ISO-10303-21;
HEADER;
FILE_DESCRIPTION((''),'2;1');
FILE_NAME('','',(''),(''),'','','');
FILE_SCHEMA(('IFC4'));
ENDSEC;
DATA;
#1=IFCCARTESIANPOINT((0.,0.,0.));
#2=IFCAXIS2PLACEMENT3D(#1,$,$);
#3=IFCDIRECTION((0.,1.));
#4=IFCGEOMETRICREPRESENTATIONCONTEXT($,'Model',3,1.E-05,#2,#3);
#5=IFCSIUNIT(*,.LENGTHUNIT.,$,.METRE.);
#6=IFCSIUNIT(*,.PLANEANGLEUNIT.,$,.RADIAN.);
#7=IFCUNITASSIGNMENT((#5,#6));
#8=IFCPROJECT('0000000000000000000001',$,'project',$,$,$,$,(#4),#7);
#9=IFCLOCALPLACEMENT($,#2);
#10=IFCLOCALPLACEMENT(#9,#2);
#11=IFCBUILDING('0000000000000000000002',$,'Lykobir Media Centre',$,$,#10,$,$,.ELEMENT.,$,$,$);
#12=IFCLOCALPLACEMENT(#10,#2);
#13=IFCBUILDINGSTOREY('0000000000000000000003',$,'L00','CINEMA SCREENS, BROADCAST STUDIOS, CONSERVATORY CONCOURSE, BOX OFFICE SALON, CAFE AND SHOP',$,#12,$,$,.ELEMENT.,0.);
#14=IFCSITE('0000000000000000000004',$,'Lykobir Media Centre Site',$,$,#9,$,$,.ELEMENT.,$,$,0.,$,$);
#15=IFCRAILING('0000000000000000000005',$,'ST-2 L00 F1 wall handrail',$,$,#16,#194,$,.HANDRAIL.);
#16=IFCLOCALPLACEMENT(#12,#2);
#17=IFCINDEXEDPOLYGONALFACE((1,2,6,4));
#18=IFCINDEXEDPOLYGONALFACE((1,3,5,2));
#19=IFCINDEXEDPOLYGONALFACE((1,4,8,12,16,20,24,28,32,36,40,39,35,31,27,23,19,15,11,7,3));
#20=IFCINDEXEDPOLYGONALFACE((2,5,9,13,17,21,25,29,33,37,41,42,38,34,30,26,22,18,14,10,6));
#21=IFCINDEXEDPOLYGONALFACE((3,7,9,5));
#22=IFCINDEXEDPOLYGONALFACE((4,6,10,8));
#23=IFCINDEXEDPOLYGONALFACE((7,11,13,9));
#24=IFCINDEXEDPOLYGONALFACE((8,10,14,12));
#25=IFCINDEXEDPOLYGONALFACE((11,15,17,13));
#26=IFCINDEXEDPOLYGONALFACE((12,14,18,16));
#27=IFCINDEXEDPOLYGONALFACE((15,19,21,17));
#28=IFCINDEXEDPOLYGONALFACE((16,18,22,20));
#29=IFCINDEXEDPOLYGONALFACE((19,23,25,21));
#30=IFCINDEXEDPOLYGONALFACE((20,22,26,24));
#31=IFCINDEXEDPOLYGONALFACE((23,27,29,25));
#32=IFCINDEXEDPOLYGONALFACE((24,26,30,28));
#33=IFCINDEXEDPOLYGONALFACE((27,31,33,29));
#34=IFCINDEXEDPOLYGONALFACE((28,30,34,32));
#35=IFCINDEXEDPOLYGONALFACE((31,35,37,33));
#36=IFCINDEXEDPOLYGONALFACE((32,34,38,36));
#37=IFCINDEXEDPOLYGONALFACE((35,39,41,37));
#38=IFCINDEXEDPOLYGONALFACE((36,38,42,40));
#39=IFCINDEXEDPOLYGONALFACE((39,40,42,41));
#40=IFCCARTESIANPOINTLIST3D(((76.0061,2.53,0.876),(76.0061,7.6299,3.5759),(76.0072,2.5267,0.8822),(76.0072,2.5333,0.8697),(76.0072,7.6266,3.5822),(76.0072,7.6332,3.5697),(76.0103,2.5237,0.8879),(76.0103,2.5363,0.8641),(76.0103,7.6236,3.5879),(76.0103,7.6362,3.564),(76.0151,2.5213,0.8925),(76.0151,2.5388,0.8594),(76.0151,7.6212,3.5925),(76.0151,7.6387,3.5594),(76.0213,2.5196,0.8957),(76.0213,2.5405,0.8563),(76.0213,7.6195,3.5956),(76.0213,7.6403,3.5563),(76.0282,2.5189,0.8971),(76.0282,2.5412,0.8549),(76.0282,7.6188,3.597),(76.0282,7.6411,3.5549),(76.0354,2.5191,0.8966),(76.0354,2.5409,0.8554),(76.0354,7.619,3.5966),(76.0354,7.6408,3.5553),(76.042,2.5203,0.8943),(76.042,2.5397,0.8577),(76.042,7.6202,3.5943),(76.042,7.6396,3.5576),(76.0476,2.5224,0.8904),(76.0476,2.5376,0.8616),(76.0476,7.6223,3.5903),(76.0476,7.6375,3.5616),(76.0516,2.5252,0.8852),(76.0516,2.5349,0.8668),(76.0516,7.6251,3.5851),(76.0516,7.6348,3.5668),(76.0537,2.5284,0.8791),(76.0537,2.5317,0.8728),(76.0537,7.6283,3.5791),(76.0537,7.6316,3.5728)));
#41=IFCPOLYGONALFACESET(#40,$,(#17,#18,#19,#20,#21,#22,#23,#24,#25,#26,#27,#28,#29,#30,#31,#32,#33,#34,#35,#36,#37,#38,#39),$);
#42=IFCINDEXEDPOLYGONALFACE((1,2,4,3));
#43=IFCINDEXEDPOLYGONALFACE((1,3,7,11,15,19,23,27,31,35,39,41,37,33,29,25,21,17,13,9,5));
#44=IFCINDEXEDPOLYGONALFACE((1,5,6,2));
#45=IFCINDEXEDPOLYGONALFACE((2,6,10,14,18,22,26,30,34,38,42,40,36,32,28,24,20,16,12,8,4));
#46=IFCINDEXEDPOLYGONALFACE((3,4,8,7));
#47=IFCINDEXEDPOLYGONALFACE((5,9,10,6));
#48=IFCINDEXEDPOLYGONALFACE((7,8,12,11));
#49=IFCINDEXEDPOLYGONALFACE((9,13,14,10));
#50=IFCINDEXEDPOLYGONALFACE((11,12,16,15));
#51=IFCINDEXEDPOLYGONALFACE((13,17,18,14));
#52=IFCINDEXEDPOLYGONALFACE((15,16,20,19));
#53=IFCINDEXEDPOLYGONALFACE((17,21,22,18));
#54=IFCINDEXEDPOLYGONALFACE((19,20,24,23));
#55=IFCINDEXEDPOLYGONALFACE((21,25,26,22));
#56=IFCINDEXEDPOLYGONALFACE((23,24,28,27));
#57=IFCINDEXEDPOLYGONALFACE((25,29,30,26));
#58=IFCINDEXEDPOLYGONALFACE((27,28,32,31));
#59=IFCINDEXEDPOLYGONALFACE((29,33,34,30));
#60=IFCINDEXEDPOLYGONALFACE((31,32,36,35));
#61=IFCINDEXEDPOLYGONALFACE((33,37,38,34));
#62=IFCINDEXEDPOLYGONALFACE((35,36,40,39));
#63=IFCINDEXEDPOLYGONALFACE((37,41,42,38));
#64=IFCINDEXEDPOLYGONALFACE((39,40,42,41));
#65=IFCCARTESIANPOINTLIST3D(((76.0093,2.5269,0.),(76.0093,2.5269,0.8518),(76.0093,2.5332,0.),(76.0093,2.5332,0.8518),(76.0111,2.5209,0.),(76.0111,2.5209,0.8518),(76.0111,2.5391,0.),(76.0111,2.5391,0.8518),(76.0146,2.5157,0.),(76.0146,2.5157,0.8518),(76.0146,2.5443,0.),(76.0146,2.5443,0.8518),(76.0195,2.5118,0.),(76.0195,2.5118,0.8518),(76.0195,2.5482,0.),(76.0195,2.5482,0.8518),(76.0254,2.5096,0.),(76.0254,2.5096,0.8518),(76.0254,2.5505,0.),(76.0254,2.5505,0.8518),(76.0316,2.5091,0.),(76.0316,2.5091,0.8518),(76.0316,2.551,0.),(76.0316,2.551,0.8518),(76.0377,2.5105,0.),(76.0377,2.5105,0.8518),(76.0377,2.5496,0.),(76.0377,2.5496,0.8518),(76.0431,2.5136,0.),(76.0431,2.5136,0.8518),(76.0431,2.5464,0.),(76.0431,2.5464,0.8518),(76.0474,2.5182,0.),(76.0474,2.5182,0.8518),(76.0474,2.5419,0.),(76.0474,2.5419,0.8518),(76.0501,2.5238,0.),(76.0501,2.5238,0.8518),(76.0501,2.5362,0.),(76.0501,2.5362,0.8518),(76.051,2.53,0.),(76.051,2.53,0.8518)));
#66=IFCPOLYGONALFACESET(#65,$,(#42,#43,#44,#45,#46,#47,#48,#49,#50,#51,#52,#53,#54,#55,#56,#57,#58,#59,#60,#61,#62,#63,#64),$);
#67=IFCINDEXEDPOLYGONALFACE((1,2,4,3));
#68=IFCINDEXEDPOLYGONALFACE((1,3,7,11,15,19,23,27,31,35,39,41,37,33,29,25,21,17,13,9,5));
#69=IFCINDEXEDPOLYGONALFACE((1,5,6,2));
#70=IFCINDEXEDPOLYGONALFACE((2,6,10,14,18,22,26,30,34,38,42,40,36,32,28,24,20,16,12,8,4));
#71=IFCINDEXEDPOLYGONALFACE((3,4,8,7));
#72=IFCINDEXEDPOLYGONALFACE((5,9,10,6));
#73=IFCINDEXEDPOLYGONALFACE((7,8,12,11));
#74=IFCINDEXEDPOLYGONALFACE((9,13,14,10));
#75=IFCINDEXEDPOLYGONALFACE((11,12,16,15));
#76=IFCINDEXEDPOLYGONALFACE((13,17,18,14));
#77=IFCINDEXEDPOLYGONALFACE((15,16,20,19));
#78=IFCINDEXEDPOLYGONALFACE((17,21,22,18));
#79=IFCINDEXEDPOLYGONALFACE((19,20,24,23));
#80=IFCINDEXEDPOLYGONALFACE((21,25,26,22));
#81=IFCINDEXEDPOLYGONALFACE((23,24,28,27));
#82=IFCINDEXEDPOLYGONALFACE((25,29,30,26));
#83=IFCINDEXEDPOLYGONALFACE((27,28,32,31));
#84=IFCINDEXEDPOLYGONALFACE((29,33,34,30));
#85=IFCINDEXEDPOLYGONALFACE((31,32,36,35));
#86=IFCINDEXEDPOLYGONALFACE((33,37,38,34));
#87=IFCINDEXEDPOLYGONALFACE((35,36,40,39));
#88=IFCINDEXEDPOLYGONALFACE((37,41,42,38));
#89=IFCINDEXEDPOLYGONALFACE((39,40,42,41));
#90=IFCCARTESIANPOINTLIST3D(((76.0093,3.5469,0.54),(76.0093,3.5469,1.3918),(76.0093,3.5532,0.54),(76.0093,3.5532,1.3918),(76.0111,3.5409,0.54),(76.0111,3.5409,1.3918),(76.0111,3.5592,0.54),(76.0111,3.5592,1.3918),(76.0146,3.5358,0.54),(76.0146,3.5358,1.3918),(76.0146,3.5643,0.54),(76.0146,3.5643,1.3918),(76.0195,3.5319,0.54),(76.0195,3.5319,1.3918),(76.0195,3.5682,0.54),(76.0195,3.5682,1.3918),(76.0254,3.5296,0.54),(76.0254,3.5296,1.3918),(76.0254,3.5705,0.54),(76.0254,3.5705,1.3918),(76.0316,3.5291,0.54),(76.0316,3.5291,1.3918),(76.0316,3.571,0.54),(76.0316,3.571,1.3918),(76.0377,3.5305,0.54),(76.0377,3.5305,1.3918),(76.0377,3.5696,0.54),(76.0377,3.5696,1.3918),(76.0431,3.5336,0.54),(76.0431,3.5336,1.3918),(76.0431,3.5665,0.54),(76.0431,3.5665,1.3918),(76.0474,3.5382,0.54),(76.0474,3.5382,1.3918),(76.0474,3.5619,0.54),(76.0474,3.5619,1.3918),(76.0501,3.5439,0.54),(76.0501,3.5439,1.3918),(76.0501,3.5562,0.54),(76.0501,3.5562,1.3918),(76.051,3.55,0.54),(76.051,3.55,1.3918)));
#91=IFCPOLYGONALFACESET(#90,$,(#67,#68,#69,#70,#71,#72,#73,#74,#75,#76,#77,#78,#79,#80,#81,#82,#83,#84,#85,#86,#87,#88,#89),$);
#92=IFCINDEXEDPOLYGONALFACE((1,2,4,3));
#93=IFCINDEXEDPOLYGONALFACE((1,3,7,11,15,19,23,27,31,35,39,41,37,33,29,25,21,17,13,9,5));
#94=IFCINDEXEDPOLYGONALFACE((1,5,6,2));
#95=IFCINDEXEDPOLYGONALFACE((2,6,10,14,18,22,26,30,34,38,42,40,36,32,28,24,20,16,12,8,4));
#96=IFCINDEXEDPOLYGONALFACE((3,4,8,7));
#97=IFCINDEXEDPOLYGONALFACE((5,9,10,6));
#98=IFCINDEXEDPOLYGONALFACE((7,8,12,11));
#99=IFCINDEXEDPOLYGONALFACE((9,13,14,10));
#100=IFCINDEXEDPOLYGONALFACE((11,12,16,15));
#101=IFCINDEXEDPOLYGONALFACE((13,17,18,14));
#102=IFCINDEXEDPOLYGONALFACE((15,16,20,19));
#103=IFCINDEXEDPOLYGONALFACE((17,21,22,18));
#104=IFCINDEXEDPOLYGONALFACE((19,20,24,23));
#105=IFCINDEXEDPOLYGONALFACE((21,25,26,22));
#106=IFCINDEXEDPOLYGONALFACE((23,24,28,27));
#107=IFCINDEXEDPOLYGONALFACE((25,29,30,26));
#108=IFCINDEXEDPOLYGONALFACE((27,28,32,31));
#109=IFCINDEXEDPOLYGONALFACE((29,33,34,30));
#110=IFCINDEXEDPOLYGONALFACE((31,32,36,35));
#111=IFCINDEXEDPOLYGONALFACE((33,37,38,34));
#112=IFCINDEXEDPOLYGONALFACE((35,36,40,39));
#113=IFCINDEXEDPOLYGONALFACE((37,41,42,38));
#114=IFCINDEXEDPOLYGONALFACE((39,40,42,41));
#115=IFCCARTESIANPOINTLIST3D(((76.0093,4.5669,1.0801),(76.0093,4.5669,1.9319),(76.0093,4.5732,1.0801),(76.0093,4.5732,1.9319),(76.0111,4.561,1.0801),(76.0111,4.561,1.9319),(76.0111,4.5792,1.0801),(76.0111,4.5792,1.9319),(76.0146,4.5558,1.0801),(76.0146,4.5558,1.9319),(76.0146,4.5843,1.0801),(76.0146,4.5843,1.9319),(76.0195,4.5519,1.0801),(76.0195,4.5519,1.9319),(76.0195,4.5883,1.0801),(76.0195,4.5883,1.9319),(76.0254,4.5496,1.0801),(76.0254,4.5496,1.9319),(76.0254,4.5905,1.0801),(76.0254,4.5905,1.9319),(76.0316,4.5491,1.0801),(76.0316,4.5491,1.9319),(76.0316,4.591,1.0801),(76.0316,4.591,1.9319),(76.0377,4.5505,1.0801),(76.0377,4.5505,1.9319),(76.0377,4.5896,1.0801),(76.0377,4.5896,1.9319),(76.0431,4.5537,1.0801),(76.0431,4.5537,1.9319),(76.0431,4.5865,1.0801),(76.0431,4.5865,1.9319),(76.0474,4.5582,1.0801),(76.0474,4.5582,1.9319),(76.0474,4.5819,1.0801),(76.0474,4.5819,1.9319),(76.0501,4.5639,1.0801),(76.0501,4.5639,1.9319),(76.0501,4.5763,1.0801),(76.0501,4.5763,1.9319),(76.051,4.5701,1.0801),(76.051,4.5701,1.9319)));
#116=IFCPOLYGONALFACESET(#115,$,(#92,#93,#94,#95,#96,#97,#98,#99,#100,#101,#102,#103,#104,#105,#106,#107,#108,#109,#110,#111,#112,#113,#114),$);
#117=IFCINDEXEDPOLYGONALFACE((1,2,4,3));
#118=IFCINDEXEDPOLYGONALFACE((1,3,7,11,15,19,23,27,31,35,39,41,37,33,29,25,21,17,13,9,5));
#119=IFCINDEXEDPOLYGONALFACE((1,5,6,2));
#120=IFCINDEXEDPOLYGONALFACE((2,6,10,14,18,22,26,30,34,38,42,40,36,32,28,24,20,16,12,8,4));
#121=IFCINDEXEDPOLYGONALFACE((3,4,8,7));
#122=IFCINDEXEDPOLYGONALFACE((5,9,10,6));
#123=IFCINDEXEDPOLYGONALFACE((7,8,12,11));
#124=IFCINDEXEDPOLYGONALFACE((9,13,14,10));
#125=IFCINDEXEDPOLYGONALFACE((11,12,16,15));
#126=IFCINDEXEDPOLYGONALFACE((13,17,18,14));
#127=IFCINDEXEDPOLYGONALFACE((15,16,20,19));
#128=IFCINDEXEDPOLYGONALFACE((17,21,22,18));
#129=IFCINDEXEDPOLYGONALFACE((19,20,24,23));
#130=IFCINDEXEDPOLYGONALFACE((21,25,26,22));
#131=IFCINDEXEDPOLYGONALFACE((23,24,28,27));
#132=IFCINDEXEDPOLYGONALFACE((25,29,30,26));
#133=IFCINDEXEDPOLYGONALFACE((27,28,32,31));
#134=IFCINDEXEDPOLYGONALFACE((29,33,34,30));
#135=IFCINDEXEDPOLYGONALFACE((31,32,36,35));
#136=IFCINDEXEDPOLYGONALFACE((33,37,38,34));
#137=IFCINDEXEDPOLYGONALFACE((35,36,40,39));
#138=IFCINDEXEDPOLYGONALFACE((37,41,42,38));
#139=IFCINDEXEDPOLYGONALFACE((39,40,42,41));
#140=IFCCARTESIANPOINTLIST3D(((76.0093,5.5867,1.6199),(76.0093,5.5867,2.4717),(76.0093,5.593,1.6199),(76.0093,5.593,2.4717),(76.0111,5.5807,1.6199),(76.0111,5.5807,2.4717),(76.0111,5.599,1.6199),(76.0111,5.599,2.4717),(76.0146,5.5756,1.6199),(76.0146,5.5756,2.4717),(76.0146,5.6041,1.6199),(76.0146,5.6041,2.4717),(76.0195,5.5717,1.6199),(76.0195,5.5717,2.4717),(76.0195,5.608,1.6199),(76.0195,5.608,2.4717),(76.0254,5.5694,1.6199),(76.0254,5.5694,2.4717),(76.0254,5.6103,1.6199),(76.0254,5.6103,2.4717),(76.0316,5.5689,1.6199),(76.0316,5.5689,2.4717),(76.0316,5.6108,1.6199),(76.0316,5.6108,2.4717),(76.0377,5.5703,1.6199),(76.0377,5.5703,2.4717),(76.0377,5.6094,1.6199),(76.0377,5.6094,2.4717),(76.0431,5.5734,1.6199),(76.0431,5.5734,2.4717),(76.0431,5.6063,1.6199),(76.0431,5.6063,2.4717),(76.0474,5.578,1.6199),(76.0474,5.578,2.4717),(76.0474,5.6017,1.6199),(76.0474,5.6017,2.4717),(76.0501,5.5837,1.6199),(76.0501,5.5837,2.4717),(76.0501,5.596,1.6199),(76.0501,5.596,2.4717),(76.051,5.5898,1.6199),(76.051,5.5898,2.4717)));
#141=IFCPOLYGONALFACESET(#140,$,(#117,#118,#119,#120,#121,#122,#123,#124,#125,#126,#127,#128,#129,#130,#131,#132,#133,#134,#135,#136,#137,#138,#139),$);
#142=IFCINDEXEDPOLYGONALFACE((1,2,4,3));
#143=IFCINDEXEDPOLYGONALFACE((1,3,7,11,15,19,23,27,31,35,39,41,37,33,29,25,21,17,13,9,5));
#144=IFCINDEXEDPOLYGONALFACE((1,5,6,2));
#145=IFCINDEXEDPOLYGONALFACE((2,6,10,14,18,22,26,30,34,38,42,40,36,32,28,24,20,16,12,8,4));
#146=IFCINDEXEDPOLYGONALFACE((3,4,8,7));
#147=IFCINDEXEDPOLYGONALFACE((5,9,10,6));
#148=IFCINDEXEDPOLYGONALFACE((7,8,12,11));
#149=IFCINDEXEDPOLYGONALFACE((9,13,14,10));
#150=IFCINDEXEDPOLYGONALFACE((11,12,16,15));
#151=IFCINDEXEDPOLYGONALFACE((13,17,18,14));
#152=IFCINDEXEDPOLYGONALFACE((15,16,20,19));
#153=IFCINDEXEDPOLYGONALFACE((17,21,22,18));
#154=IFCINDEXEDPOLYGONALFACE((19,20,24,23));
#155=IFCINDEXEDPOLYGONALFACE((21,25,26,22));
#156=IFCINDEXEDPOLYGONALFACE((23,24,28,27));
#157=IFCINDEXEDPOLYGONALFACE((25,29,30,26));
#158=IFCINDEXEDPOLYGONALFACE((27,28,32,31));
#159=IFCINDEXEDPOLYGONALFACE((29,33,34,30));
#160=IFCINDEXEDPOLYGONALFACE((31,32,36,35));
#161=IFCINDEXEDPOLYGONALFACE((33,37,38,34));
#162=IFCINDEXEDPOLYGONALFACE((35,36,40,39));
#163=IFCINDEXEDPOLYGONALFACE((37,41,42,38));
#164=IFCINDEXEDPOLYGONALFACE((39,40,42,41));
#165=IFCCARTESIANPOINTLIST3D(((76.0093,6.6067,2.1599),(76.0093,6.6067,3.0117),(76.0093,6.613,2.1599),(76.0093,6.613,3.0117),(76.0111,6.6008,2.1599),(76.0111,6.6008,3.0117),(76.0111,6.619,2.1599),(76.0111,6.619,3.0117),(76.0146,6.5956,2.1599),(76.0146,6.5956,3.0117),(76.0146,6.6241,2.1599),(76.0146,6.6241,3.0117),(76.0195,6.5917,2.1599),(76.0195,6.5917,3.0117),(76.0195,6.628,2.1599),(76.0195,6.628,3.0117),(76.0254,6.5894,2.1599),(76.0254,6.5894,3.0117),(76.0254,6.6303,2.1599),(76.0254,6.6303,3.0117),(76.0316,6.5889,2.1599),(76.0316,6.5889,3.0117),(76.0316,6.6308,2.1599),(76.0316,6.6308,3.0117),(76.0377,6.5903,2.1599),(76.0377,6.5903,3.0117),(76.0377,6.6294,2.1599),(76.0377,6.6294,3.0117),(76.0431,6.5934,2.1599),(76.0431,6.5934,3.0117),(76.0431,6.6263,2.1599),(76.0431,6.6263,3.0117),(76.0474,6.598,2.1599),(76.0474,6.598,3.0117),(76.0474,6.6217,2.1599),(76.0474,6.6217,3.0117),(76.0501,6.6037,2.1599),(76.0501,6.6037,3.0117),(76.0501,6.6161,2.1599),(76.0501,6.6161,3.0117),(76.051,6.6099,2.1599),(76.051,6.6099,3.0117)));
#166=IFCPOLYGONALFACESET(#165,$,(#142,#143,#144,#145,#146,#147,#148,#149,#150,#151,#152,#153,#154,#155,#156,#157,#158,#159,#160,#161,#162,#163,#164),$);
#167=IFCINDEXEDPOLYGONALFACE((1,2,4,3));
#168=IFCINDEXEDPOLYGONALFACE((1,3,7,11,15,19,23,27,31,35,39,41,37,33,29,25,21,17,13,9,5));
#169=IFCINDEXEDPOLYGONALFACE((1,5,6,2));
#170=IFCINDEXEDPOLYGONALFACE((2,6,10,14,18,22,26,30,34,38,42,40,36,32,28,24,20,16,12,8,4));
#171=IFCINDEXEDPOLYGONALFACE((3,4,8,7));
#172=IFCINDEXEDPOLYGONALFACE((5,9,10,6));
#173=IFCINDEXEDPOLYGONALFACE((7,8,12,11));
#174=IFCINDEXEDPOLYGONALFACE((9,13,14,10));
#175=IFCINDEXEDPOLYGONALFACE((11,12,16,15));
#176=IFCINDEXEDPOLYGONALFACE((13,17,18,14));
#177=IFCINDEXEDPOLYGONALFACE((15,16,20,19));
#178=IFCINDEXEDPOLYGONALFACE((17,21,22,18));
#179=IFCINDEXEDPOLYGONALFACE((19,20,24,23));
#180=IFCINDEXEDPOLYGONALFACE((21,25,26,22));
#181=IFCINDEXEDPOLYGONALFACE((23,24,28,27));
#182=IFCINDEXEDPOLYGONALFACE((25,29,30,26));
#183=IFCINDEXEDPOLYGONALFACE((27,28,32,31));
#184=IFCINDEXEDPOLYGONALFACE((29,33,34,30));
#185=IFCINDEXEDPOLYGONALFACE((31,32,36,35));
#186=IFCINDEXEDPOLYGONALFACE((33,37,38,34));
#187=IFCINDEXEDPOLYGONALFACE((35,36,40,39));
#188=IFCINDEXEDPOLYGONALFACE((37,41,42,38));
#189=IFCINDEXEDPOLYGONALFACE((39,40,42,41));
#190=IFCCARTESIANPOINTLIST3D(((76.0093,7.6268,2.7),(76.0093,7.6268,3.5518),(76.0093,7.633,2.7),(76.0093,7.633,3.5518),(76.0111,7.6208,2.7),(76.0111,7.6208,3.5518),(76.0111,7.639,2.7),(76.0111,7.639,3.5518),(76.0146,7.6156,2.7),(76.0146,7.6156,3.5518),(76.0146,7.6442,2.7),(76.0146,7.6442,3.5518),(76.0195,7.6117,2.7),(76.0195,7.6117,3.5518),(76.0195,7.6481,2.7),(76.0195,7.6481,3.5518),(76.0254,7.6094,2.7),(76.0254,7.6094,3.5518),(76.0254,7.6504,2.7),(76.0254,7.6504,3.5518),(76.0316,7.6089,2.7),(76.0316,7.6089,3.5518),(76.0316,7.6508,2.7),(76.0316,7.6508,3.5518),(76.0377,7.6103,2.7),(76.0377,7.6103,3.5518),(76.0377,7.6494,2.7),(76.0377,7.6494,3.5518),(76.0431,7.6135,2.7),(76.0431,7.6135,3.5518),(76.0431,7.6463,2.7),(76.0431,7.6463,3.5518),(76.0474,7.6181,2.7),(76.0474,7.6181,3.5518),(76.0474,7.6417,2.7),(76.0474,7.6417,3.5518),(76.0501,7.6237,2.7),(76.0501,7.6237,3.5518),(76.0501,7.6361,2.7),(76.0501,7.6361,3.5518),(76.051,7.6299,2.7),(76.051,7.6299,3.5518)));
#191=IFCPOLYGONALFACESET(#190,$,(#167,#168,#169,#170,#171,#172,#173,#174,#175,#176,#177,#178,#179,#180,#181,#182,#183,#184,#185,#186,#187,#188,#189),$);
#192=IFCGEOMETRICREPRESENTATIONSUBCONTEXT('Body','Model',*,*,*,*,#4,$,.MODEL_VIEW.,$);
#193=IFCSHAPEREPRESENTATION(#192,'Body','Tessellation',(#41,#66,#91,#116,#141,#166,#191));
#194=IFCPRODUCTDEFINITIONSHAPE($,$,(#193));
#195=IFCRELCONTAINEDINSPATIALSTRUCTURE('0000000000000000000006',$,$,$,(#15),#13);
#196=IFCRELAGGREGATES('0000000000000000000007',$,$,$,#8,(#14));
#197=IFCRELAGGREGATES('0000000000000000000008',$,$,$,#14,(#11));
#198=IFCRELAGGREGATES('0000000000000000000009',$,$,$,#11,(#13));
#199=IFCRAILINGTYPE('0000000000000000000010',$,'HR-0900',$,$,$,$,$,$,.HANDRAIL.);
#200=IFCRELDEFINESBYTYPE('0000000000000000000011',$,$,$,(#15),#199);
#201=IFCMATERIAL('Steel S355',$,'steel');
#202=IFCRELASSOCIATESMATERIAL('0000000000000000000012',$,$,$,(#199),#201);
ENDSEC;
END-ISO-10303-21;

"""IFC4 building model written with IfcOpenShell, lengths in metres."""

from ifc_helpers import new_model, si_unit, direction, frame, origin, origin_2d, place, context, subcontext, project, spatial, circle, extrude, material, type_object, element, save


model = new_model("IFC4")

# Units and contexts
model_context = context("Model", 3, precision=1e-05, world=origin(), true_north=direction((0.0, 1.0)))
body_context = subcontext(model_context, "Body", "Model", "MODEL_VIEW")
ifc_project = project(units=[si_unit("LENGTHUNIT", "METRE"), si_unit("PLANEANGLEUNIT", "RADIAN")], contexts=[model_context])

# Site, building, storey
site_placement = place(None, origin())
site = spatial("IfcSite", under=ifc_project, at=site_placement, Name="Lykobir Media Centre Site", CompositionType="ELEMENT", RefElevation=0.0)
building_placement = place(site_placement, origin())
building = spatial("IfcBuilding", under=site, at=building_placement, Name="Lykobir Media Centre", CompositionType="ELEMENT")
storey_placement = place(building_placement, origin())
storey = spatial("IfcBuildingStorey", under=building, at=storey_placement, Name="L00", Description="CINEMA SCREENS, BROADCAST STUDIOS, CONSERVATORY CONCOURSE, BOX OFFICE SALON, CAFE AND SHOP", CompositionType="ELEMENT", Elevation=0.0)

# Shared definitions
ifc_material_1 = material(Name="Steel S355", Category="steel")

# Railing
railing_type_1 = type_object("IfcRailingType", Name="HR-0900", PredefinedType="HANDRAIL", material=ifc_material_1)
railing_1_placement = place(storey_placement, frame((76.03, 2.53, 0.0)))
element("IfcRailing", 1, at=railing_1_placement, inside=storey, type_object=railing_type_1, Name="ST-2 L00 F1 wall handrail", PredefinedType="HANDRAIL", context=body_context, shape_type="SweptSolid", body=[
    extrude(circle(Radius=0.0239, at=origin_2d()), frame((0.0, 0.0, 0.876), z_axis=(0.0, 0.883786, 0.467892), x_axis=(-1.0, 0.0, 0.0)), (0.0, 0.0, 1.0), 5.7705),
    extrude(circle(Radius=0.021, at=origin_2d()), origin(), (0.0, 0.0, 1.0), 0.8518),
    extrude(circle(Radius=0.021, at=origin_2d()), frame((0.0, 1.02, 0.54)), (0.0, 0.0, 1.0), 0.8518),
    extrude(circle(Radius=0.021, at=origin_2d()), frame((0.0, 2.04, 1.0801)), (0.0, 0.0, 1.0), 0.8518),
    extrude(circle(Radius=0.021, at=origin_2d()), frame((0.0, 3.0598, 1.6199)), (0.0, 0.0, 1.0), 0.8518),
    extrude(circle(Radius=0.021, at=origin_2d()), frame((0.0, 4.0798, 2.1599)), (0.0, 0.0, 1.0), 0.8518),
    extrude(circle(Radius=0.021, at=origin_2d()), frame((0.0, 5.0999, 2.7)), (0.0, 0.0, 1.0), 0.8518),
])

save(model, "model.ifc")
